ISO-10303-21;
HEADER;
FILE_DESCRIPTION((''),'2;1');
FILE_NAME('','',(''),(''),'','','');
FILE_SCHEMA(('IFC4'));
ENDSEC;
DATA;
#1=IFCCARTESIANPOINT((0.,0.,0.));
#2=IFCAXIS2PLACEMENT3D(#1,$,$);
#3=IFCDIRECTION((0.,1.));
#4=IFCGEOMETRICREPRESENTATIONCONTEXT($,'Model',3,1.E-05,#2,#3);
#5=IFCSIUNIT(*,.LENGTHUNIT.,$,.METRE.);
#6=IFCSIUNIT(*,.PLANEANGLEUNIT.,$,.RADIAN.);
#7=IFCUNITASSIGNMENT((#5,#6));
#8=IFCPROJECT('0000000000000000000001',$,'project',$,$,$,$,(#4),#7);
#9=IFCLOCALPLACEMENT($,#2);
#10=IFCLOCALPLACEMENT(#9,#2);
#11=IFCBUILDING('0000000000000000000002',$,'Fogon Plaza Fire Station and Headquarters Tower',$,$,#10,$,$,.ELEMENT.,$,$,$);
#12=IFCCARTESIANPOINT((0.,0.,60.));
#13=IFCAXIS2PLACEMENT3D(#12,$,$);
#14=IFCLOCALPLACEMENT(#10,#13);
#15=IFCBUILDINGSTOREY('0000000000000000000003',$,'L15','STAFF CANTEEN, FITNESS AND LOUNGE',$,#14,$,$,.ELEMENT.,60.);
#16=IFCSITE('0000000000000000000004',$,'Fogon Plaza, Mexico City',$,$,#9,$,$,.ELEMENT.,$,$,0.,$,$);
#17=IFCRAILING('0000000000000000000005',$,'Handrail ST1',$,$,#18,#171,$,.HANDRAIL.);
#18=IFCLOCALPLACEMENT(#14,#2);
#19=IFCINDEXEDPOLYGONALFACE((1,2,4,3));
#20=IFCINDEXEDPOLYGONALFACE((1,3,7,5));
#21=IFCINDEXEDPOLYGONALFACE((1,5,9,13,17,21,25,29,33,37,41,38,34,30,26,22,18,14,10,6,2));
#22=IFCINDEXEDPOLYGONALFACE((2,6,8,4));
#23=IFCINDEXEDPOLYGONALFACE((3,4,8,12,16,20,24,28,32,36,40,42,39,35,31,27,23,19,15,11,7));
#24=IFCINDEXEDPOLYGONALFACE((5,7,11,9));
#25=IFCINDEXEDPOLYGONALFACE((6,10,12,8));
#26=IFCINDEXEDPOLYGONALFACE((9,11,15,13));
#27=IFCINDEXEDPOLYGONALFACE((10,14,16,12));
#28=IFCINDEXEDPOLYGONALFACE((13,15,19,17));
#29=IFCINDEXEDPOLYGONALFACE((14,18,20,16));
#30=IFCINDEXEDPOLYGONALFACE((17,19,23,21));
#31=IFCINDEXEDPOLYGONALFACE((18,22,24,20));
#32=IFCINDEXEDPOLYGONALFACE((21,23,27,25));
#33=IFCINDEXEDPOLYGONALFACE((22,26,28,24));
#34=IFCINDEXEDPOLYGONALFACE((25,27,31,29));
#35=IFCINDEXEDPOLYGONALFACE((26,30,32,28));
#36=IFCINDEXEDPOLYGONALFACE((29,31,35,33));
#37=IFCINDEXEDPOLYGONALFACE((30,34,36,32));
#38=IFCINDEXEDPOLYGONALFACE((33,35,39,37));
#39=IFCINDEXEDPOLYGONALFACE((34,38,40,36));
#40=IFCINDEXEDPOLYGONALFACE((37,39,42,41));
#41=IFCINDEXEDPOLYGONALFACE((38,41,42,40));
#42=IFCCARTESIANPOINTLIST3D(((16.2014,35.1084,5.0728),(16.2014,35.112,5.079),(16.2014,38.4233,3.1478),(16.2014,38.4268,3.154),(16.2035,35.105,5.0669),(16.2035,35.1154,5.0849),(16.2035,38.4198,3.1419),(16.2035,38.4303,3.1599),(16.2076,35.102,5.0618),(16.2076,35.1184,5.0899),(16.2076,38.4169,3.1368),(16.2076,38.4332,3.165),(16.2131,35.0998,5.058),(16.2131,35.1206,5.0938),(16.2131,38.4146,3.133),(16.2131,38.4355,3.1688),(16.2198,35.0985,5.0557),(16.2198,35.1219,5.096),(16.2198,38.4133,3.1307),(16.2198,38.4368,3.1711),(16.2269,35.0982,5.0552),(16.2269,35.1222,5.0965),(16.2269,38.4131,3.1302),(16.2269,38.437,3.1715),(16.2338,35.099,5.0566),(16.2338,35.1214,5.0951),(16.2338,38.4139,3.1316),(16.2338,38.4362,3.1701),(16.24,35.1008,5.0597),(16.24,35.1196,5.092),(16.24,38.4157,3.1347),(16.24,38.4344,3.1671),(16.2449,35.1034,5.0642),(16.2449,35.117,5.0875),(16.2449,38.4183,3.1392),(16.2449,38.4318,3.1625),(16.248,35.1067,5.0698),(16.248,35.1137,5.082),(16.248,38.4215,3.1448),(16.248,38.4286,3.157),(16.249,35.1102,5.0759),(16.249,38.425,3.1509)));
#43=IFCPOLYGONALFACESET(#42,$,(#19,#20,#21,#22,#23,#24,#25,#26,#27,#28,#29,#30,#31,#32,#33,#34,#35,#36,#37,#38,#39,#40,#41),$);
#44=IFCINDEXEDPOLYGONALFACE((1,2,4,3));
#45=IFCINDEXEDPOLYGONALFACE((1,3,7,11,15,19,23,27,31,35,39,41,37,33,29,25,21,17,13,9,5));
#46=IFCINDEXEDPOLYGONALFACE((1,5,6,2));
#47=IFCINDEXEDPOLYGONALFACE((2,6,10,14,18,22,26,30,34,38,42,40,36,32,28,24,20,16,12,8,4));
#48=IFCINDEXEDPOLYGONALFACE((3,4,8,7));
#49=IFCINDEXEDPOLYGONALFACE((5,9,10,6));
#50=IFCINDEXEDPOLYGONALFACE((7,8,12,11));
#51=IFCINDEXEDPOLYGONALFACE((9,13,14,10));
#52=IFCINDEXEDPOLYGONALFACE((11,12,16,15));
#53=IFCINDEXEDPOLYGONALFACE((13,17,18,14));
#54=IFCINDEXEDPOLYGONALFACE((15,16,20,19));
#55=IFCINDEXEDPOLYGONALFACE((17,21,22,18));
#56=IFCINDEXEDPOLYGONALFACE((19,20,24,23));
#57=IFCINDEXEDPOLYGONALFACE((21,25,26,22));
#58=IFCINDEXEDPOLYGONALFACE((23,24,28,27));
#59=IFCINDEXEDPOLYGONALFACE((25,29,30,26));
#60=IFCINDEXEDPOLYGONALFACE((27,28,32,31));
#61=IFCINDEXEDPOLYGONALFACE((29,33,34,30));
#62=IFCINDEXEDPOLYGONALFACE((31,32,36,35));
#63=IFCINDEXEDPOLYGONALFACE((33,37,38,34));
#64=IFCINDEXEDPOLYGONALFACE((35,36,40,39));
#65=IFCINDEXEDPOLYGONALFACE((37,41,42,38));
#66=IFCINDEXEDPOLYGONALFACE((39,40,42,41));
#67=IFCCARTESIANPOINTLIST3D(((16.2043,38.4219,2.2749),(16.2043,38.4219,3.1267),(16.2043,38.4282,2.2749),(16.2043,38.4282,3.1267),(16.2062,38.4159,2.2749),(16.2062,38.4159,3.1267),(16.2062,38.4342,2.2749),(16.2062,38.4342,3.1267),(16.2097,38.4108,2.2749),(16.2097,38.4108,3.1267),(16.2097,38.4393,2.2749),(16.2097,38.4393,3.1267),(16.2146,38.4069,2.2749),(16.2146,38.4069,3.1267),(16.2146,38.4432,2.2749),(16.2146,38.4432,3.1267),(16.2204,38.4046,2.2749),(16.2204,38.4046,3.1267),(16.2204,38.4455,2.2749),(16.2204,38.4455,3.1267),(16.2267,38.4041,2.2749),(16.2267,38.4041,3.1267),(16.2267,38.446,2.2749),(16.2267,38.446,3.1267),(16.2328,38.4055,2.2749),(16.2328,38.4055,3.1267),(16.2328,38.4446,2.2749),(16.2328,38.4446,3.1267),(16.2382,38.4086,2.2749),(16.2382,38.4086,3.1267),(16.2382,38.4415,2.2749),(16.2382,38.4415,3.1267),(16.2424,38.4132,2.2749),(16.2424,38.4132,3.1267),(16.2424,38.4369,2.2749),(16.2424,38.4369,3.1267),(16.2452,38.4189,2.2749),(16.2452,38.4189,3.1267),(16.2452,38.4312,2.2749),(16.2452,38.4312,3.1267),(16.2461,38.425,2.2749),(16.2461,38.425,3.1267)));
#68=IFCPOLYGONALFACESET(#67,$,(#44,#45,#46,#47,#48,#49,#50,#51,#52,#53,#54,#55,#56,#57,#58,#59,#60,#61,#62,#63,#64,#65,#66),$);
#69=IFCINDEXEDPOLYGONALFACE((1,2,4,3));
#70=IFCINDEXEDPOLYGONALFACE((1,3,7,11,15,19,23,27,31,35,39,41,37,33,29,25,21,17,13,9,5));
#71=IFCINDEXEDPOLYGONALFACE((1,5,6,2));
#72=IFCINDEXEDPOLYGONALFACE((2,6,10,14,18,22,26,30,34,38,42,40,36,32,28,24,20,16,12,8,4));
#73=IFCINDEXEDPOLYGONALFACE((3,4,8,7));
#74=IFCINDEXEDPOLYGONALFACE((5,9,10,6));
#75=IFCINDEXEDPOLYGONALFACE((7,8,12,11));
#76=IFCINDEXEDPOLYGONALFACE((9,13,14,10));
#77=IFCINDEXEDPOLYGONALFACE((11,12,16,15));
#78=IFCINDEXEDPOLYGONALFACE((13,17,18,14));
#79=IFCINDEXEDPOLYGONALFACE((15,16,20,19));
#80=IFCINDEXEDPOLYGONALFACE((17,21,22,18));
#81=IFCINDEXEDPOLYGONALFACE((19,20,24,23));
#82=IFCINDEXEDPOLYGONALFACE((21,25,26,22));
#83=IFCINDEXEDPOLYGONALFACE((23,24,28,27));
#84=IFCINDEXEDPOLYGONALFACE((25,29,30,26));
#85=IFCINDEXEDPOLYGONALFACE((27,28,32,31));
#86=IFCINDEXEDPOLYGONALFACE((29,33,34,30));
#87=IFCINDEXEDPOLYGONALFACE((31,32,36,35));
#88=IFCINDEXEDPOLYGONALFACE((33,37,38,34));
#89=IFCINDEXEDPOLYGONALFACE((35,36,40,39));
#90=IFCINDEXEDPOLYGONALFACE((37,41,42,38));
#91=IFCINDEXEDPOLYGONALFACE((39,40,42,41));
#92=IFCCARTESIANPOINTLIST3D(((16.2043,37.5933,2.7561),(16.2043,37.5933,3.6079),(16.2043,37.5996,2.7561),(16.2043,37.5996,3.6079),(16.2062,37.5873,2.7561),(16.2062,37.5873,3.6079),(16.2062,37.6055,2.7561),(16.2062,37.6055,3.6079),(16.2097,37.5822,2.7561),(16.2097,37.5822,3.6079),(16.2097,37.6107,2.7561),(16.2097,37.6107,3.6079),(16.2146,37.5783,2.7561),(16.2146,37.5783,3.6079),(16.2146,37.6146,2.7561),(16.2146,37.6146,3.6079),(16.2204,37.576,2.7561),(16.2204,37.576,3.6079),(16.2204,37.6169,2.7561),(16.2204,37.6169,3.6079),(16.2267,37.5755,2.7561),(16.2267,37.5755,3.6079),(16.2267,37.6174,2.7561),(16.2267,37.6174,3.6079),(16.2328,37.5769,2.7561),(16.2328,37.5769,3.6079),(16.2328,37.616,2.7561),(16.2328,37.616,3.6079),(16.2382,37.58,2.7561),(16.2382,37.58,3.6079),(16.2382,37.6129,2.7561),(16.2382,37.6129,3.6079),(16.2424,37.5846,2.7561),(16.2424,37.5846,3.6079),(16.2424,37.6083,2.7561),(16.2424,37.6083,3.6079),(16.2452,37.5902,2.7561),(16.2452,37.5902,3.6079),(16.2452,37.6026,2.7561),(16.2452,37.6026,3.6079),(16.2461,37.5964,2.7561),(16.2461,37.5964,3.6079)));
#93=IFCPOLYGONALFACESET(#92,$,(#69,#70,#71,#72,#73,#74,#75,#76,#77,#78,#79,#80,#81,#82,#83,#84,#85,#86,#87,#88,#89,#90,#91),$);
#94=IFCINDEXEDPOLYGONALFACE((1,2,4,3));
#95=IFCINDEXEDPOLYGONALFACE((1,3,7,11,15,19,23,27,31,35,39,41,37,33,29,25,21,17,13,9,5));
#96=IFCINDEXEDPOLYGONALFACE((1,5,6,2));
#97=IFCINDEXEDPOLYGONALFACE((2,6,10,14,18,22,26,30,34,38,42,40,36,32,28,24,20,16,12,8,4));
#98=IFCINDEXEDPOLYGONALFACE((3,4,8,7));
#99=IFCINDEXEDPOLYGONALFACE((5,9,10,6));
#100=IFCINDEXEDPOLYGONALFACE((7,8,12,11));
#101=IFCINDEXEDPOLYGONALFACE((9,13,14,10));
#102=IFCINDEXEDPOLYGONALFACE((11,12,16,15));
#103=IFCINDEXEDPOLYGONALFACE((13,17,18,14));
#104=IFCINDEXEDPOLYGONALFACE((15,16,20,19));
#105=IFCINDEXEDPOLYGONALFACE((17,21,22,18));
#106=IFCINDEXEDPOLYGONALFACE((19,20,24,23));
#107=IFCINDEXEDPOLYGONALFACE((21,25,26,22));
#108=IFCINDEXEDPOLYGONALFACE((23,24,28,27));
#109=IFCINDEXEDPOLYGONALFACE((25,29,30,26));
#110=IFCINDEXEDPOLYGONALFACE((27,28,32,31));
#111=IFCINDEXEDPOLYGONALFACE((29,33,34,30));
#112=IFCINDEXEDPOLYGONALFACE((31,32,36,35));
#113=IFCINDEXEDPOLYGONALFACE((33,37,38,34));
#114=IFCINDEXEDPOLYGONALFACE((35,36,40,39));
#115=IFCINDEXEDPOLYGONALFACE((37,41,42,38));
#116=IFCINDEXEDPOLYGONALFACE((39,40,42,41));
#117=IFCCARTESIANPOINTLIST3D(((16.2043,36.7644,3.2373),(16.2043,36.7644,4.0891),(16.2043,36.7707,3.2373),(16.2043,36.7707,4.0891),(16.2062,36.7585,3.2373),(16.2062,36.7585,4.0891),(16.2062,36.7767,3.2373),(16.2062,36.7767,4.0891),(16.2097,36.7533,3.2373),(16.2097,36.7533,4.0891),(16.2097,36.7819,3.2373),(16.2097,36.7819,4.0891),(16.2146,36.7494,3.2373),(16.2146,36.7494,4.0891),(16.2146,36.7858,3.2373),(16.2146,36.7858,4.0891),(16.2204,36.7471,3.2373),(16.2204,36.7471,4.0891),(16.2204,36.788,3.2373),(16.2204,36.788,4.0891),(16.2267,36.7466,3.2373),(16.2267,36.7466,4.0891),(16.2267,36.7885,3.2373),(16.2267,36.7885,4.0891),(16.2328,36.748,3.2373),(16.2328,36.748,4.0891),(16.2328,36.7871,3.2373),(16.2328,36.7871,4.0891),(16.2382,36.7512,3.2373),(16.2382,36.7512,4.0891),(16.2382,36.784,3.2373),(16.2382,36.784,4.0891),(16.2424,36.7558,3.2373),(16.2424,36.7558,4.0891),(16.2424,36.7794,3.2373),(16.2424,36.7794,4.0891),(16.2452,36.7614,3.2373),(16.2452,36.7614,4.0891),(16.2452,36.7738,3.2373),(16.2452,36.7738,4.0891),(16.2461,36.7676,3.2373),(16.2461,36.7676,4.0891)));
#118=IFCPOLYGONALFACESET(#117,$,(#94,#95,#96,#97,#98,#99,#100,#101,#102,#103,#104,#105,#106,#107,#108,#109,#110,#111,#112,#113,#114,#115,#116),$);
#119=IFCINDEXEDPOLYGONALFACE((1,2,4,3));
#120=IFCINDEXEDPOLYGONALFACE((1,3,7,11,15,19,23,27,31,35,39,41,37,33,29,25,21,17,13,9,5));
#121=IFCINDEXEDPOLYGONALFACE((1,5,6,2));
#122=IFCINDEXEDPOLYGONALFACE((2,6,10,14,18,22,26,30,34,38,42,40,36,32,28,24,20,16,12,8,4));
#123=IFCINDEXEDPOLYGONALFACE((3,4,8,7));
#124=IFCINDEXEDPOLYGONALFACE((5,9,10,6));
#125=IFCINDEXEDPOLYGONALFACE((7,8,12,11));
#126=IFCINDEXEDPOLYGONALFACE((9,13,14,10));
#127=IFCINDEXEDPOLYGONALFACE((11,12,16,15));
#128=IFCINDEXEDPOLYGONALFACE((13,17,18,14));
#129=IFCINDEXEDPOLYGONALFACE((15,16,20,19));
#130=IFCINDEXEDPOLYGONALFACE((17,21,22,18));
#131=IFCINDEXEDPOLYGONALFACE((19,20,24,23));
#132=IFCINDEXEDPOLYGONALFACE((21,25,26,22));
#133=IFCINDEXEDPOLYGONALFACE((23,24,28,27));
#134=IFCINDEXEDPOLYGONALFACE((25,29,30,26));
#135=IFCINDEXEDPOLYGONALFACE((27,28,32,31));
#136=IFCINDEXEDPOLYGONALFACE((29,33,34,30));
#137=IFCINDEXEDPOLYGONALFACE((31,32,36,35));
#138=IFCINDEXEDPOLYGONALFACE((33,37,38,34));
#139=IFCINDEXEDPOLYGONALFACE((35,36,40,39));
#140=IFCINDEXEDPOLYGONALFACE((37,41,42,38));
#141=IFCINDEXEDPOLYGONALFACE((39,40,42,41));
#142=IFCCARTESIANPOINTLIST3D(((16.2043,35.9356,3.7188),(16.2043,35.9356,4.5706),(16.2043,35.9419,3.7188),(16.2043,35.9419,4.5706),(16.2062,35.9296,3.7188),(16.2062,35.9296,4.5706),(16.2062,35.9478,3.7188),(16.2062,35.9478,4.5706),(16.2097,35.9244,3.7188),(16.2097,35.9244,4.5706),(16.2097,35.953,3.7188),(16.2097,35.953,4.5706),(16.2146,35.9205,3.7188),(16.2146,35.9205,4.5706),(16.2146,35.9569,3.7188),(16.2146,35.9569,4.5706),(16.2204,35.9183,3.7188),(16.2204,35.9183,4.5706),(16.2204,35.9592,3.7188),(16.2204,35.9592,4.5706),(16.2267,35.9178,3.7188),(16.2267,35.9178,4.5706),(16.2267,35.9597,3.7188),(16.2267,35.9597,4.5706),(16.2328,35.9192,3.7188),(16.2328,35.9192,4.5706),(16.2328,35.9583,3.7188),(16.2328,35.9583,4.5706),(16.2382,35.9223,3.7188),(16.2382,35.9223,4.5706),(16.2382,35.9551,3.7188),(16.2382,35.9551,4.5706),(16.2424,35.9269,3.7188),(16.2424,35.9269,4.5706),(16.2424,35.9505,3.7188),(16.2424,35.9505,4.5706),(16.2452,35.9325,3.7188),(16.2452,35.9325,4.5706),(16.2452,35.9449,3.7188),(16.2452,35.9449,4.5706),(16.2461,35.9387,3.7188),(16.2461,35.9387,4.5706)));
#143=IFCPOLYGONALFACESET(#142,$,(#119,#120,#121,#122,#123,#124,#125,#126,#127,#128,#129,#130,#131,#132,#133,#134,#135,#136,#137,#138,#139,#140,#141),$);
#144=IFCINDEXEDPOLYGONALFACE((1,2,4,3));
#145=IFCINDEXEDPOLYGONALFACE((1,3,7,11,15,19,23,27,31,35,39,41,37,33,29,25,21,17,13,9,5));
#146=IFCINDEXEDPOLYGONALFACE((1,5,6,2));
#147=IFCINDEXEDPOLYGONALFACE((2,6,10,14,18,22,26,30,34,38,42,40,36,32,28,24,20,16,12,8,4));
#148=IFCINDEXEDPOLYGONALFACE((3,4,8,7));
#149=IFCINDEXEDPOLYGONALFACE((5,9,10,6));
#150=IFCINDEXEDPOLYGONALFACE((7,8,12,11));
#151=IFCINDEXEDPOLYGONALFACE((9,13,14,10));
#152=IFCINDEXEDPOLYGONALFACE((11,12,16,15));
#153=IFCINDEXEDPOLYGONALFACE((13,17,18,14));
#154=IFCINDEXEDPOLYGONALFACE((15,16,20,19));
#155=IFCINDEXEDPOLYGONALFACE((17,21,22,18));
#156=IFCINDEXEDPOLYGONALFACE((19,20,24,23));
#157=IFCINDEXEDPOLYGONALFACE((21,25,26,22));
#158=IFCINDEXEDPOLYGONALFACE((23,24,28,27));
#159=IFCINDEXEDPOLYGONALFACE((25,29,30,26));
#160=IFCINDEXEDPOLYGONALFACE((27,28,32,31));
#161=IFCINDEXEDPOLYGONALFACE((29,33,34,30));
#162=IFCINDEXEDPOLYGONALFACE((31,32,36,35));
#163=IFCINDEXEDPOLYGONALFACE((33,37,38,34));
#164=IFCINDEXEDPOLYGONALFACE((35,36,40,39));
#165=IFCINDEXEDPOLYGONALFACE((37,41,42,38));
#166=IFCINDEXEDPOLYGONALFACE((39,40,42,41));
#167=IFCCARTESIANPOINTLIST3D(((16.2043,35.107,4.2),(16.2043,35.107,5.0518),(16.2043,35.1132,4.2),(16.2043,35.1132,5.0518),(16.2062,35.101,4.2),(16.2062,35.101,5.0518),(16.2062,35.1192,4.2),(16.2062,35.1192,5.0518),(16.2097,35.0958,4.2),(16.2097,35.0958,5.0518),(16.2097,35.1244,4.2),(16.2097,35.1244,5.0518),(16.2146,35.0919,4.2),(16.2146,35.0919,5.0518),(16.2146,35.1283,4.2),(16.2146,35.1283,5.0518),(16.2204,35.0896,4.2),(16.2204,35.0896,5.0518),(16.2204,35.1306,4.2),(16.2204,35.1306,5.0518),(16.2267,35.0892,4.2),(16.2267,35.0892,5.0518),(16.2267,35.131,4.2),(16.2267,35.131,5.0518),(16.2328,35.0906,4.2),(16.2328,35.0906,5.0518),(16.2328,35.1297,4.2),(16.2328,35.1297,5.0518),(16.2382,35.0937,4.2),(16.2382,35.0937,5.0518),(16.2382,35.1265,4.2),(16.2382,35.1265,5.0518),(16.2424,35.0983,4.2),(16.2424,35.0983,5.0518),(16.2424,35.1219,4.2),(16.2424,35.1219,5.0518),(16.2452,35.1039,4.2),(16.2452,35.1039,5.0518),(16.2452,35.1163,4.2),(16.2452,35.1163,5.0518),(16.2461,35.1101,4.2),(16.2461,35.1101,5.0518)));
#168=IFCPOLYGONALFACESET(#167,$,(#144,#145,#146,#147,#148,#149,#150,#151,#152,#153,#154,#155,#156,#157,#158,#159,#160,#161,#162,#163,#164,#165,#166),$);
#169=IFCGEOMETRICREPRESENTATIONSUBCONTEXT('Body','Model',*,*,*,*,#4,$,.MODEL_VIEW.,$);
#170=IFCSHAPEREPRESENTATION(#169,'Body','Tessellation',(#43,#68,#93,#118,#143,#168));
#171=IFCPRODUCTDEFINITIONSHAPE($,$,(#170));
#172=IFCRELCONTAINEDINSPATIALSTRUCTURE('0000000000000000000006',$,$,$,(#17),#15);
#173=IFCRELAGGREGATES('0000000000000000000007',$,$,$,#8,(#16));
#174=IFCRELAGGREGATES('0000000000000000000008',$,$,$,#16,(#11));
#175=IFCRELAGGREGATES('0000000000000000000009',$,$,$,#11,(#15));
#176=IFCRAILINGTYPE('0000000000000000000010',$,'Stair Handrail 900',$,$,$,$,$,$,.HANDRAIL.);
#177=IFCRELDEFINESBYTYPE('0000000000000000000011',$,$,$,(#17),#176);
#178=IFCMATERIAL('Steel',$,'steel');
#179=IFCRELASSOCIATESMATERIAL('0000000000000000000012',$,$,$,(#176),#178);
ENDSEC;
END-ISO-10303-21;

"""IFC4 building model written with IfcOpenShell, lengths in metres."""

from ifc_helpers import new_model, si_unit, direction, frame, origin, origin_2d, place, context, subcontext, project, spatial, circle, extrude, material, type_object, element, save


model = new_model("IFC4")

# Units and contexts
model_context = context("Model", 3, precision=1e-05, world=origin(), true_north=direction((0.0, 1.0)))
body_context = subcontext(model_context, "Body", "Model", "MODEL_VIEW")
ifc_project = project(units=[si_unit("LENGTHUNIT", "METRE"), si_unit("PLANEANGLEUNIT", "RADIAN")], contexts=[model_context])

# Site, building, storey
site_placement = place(None, origin())
site = spatial("IfcSite", under=ifc_project, at=site_placement, Name="Fogon Plaza, Mexico City", CompositionType="ELEMENT", RefElevation=0.0)
building_placement = place(site_placement, origin())
building = spatial("IfcBuilding", under=site, at=building_placement, Name="Fogon Plaza Fire Station and Headquarters Tower", CompositionType="ELEMENT")
storey_placement = place(building_placement, frame((0.0, 0.0, 60.0)))
storey = spatial("IfcBuildingStorey", under=building, at=storey_placement, Name="L15", Description="STAFF CANTEEN, FITNESS AND LOUNGE", CompositionType="ELEMENT", Elevation=60.0)

# Railing
ifc_material_1 = material(Name="Steel", Category="steel")
railing_type = type_object("IfcRailingType", Name="Stair Handrail 900", PredefinedType="HANDRAIL", material=ifc_material_1)
for number, where, name in (
    (1, (16.2251, 38.425, 2.2749), "Handrail ST1"),
):
    element("IfcRailing", number, at=place(storey_placement, frame(where)), inside=storey, type_object=railing_type, Name=name, PredefinedType="HANDRAIL", context=body_context, shape_type="SweptSolid", body=[
        extrude(circle(Radius=0.0239, at=origin_2d()), frame((0.0, 0.0, 0.876), z_axis=(0.0, -0.864761, 0.502183), x_axis=(1.0, 0.0, 0.0)), (0.0, 0.0, 1.0), 3.8333),
        extrude(circle(Radius=0.021, at=origin_2d()), origin(), (0.0, 0.0, 1.0), 0.8518),
        extrude(circle(Radius=0.021, at=origin_2d()), frame((0.0, -0.8286, 0.4812)), (0.0, 0.0, 1.0), 0.8518),
        extrude(circle(Radius=0.021, at=origin_2d()), frame((0.0, -1.6575, 0.9624)), (0.0, 0.0, 1.0), 0.8518),
        extrude(circle(Radius=0.021, at=origin_2d()), frame((0.0, -2.4863, 1.4438)), (0.0, 0.0, 1.0), 0.8518),
        extrude(circle(Radius=0.021, at=origin_2d()), frame((0.0, -3.3149, 1.925)), (0.0, 0.0, 1.0), 0.8518),
    ])

save(model, "model.ifc")
